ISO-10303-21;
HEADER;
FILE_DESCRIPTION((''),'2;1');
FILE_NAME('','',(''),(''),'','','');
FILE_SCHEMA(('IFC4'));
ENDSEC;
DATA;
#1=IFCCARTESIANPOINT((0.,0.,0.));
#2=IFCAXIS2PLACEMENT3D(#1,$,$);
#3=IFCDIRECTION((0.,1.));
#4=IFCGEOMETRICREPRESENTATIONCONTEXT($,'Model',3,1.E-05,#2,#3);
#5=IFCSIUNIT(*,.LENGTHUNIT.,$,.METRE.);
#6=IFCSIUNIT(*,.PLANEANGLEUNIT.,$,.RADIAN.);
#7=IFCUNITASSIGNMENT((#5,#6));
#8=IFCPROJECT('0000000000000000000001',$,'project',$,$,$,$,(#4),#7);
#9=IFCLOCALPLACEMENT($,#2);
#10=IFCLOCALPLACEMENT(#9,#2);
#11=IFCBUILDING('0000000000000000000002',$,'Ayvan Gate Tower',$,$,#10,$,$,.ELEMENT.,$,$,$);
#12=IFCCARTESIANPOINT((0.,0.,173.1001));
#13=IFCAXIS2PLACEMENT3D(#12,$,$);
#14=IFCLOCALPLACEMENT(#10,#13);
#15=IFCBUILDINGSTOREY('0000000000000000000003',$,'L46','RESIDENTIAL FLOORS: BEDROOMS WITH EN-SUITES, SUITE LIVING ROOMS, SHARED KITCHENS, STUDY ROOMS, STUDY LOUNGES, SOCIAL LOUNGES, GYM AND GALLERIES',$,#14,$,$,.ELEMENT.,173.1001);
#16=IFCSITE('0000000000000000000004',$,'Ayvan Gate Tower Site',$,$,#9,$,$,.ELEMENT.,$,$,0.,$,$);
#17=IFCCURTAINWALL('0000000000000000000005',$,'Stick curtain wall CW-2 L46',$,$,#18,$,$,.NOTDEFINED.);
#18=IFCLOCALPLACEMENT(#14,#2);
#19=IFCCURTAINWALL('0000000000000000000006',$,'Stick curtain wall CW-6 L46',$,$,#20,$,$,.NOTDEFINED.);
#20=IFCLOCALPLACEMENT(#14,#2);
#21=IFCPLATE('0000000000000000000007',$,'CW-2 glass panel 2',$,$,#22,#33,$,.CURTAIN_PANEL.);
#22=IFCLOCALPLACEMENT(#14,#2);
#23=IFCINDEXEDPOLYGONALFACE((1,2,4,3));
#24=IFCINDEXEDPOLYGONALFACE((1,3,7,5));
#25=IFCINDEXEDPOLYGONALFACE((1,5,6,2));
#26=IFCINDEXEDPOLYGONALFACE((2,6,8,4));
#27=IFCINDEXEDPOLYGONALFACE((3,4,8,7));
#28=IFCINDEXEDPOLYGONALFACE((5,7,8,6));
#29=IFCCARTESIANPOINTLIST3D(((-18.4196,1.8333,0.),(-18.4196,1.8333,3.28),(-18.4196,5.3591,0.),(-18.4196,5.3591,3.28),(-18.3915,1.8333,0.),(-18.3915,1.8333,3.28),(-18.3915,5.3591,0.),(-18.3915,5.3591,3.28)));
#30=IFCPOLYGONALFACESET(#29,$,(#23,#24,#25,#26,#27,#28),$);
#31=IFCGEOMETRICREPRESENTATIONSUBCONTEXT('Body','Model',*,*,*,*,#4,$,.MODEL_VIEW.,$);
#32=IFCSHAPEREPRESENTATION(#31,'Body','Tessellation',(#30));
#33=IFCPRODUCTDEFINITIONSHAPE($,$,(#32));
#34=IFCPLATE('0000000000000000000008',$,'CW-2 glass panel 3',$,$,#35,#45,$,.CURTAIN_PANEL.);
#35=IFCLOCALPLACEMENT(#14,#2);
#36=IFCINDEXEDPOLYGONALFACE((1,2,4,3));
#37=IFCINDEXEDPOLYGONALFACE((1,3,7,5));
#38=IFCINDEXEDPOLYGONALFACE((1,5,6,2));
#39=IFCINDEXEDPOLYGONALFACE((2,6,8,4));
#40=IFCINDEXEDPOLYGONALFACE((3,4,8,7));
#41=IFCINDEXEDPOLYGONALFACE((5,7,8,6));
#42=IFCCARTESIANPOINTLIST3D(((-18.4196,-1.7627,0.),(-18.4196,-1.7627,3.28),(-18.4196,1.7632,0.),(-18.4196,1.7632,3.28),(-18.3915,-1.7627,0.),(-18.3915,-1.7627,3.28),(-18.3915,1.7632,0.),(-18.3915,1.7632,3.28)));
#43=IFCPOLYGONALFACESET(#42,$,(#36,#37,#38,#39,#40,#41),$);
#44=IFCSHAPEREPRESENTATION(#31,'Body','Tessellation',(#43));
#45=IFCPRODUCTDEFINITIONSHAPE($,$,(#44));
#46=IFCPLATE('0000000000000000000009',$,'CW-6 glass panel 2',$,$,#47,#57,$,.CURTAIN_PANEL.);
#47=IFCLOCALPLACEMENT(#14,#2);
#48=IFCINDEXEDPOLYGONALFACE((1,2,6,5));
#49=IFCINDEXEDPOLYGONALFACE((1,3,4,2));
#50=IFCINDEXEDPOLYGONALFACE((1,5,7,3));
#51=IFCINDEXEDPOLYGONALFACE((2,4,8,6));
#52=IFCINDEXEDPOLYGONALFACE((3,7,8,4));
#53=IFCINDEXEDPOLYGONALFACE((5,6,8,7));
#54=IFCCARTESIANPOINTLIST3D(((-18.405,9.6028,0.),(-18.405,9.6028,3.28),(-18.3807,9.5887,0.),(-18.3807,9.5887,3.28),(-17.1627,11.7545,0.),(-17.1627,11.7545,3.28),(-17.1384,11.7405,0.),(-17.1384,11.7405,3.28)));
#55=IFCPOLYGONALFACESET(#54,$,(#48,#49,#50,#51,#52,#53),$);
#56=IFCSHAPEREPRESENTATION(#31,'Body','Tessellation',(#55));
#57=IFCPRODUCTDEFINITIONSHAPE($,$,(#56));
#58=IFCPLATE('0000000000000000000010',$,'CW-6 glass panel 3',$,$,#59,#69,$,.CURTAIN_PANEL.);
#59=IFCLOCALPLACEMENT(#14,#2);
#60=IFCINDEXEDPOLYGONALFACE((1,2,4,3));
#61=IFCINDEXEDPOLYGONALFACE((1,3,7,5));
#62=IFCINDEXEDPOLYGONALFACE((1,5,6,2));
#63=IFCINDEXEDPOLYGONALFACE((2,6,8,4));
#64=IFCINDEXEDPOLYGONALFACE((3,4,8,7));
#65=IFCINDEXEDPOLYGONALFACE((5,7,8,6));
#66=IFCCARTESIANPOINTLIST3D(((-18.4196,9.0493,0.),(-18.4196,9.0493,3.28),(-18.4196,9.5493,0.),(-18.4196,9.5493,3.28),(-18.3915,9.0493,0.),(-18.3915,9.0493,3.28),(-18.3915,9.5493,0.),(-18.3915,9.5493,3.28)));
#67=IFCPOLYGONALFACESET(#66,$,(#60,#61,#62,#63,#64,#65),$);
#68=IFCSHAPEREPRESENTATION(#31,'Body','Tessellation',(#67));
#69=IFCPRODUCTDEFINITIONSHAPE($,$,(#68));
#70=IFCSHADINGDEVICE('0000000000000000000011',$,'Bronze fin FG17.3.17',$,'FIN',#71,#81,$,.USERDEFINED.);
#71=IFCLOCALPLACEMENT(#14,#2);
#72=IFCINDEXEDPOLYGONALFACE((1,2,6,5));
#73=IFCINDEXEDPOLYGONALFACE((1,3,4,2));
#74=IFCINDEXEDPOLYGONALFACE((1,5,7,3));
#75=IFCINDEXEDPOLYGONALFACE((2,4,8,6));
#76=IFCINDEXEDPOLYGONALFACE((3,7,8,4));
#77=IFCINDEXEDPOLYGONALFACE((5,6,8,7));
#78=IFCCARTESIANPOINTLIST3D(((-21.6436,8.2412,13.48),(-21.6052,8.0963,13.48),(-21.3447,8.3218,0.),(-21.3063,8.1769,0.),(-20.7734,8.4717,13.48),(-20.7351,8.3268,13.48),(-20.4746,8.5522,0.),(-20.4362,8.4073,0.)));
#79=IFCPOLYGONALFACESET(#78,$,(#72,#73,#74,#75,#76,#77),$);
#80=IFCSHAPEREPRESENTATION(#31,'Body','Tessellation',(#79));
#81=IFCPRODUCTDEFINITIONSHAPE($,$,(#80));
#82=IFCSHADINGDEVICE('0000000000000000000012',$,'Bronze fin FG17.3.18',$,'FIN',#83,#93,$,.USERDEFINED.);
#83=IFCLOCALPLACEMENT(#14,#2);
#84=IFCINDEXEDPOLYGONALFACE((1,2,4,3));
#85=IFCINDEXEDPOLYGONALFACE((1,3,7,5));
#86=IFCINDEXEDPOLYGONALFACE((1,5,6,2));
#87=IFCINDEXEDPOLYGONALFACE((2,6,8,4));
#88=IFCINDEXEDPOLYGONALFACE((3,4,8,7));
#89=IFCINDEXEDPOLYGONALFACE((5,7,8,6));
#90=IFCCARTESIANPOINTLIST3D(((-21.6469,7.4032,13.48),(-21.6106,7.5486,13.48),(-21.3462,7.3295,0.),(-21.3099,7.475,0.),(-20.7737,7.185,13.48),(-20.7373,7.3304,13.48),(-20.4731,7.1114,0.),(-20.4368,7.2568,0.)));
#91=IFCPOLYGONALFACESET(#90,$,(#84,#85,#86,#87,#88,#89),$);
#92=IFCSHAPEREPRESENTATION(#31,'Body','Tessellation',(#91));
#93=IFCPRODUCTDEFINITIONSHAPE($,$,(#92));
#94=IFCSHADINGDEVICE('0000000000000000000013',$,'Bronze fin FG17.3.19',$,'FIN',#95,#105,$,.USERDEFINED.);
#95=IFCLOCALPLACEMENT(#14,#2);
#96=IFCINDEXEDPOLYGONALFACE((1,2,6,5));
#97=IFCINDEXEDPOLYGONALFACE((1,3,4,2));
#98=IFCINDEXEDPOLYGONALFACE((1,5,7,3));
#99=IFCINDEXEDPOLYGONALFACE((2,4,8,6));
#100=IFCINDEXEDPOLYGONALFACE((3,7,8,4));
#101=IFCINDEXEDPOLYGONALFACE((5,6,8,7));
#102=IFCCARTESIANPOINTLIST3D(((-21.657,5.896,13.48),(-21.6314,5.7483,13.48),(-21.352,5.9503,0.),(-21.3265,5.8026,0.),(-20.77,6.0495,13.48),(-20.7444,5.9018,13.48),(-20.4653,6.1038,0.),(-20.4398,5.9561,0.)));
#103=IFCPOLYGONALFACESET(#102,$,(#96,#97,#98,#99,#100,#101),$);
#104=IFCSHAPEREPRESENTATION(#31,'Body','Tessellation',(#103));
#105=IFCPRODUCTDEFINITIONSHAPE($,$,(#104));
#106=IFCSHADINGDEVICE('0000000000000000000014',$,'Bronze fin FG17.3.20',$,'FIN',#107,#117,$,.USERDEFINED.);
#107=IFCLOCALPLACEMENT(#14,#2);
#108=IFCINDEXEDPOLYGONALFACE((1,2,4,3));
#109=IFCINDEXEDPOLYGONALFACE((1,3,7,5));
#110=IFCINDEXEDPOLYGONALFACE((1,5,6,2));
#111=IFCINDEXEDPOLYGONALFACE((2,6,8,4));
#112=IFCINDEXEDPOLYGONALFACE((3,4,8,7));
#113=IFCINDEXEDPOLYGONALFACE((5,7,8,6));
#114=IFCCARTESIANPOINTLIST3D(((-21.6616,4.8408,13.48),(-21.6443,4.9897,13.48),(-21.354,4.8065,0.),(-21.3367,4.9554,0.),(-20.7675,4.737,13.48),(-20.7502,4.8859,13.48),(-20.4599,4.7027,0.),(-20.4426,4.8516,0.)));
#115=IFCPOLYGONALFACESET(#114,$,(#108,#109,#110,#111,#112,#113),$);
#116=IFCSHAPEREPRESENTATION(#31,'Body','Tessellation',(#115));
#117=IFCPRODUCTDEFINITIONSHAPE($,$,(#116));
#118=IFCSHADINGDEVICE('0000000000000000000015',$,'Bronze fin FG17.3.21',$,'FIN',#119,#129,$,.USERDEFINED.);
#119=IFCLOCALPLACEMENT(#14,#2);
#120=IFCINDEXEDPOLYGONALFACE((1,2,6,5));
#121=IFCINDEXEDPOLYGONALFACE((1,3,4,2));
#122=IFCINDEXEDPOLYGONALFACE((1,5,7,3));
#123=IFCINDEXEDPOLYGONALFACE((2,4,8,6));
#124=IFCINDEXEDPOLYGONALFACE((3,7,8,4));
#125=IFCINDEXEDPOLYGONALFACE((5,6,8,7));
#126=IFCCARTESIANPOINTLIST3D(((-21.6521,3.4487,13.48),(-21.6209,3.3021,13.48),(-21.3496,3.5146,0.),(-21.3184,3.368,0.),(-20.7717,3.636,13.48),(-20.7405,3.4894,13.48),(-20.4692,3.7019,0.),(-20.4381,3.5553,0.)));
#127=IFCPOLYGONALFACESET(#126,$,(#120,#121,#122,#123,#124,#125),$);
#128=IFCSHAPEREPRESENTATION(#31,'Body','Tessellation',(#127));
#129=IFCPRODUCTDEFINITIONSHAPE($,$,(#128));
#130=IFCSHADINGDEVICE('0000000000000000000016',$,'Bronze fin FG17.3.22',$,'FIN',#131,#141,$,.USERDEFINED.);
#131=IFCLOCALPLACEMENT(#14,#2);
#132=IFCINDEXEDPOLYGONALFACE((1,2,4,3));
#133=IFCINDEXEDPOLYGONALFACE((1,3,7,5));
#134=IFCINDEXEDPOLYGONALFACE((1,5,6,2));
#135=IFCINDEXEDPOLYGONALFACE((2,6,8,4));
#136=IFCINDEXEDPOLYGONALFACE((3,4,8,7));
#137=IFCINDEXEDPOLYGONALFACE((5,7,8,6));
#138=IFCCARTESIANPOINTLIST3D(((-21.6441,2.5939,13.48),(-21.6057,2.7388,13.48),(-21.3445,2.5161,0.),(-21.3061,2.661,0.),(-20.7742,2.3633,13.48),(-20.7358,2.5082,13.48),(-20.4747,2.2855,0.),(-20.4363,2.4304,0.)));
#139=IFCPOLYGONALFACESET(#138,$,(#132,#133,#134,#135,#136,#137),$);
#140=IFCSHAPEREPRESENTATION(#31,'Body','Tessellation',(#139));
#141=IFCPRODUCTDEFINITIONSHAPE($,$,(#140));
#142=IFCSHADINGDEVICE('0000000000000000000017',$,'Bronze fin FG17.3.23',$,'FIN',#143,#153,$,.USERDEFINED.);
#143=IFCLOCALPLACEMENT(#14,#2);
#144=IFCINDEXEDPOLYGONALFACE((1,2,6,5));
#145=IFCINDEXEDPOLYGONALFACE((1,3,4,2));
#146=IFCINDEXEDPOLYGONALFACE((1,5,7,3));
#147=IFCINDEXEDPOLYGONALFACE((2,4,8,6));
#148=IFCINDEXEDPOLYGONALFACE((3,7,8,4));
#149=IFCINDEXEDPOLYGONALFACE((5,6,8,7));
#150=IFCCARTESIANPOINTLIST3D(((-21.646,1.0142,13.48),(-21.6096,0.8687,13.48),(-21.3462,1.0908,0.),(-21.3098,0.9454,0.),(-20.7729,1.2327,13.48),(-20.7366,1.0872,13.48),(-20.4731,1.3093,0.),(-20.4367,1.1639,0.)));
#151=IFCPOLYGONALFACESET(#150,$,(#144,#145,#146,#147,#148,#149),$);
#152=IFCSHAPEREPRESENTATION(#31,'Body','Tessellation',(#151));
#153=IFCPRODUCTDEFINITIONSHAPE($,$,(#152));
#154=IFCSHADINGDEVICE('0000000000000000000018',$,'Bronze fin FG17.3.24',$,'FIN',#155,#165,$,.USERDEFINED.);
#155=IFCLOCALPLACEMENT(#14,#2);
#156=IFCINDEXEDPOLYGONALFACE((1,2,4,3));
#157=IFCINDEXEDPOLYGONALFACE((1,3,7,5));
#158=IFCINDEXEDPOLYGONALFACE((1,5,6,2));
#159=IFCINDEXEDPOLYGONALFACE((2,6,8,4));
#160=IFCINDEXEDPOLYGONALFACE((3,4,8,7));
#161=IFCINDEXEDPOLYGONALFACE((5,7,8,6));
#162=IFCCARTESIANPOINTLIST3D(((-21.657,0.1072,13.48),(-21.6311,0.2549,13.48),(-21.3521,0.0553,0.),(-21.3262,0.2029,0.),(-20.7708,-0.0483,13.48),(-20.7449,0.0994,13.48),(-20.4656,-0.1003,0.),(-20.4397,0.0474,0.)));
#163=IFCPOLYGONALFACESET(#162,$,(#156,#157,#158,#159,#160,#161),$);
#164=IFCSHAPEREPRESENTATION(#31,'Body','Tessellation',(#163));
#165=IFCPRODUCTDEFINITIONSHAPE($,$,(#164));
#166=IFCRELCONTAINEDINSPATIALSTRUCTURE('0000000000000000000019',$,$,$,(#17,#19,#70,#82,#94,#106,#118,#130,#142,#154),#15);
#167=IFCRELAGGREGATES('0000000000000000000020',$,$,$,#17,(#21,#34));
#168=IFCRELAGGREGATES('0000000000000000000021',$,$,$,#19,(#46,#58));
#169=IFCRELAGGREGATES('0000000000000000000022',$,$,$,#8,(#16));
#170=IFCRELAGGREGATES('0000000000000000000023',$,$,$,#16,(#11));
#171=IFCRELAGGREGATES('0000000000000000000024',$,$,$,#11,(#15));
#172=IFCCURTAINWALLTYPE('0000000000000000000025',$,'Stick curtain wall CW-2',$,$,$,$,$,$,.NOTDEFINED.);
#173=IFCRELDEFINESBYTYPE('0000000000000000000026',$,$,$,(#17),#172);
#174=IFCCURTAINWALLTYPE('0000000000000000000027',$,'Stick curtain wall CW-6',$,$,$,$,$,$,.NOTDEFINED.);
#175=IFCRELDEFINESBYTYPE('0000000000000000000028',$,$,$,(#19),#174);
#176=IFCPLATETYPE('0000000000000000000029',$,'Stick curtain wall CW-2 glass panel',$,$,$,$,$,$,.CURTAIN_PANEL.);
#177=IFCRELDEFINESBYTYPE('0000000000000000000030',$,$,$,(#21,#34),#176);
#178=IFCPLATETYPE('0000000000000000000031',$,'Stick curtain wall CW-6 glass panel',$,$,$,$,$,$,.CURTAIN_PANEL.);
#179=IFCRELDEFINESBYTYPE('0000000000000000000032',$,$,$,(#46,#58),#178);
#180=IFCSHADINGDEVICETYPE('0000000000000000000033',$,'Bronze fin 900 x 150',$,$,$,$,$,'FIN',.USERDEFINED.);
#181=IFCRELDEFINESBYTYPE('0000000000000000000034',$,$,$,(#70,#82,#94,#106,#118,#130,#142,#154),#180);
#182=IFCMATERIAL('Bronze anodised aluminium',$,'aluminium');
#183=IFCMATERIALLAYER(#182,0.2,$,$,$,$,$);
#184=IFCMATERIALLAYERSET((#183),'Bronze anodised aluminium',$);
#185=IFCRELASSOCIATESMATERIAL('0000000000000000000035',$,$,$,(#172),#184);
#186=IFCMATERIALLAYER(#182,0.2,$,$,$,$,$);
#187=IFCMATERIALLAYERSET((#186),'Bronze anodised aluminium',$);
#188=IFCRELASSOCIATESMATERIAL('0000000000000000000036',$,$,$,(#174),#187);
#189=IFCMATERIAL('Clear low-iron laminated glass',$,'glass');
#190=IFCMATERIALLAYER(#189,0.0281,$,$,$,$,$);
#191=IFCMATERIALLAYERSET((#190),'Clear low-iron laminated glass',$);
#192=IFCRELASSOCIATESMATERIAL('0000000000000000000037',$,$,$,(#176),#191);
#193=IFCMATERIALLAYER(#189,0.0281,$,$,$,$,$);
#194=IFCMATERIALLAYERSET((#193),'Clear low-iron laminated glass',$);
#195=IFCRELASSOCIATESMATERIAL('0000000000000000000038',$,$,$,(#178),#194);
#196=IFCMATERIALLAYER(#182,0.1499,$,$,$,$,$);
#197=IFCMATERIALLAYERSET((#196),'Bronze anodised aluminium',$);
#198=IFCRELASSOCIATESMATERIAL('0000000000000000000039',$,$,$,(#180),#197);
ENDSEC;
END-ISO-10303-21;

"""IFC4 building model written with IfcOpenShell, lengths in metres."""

from ifc_helpers import new_model, si_unit, direction, frame, origin, origin_2d, place, context, subcontext, project, spatial, polyline, rectangle, outline, extrude, material, layer, layer_set, type_object, element, aggregate, save


model = new_model("IFC4")

# Units and contexts
model_context = context("Model", 3, precision=1e-05, world=origin(), true_north=direction((0.0, 1.0)))
body_context = subcontext(model_context, "Body", "Model", "MODEL_VIEW")
ifc_project = project(units=[si_unit("LENGTHUNIT", "METRE"), si_unit("PLANEANGLEUNIT", "RADIAN")], contexts=[model_context])

# Site, building, storey
site_placement = place(None, origin())
site = spatial("IfcSite", under=ifc_project, at=site_placement, Name="Ayvan Gate Tower Site", CompositionType="ELEMENT", RefElevation=0.0)
building_placement = place(site_placement, origin())
building = spatial("IfcBuilding", under=site, at=building_placement, Name="Ayvan Gate Tower", CompositionType="ELEMENT")
storey_placement = place(building_placement, frame((0.0, 0.0, 173.1001)))
storey = spatial("IfcBuildingStorey", under=building, at=storey_placement, Name="L46", Description="RESIDENTIAL FLOORS: BEDROOMS WITH EN-SUITES, SUITE LIVING ROOMS, SHARED KITCHENS, STUDY ROOMS, STUDY LOUNGES, SOCIAL LOUNGES, GYM AND GALLERIES", CompositionType="ELEMENT", Elevation=173.1001)

# Curtain walls
ifc_material_1 = material(Name="Bronze anodised aluminium", Category="aluminium")
ifc_layer_1 = layer(ifc_material_1, 0.2)
ifc_layer_set_1 = layer_set([ifc_layer_1], Name="Bronze anodised aluminium")
curtain_wall_type_1 = type_object("IfcCurtainWallType", Name="Stick curtain wall CW-2", PredefinedType="NOTDEFINED", material=ifc_layer_set_1)
curtain_wall_1_placement = place(storey_placement, origin())
curtain_wall_1 = element("IfcCurtainWall", 1, at=curtain_wall_1_placement, inside=storey, type_object=curtain_wall_type_1, Name="Stick curtain wall CW-2 L46", PredefinedType="NOTDEFINED")
ifc_layer_2 = layer(ifc_material_1, 0.2)
ifc_layer_set_2 = layer_set([ifc_layer_2], Name="Bronze anodised aluminium")
curtain_wall_type_2 = type_object("IfcCurtainWallType", Name="Stick curtain wall CW-6", PredefinedType="NOTDEFINED", material=ifc_layer_set_2)
curtain_wall_2_placement = place(storey_placement, origin())
curtain_wall_2 = element("IfcCurtainWall", 2, at=curtain_wall_2_placement, inside=storey, type_object=curtain_wall_type_2, Name="Stick curtain wall CW-6 L46", PredefinedType="NOTDEFINED")

# Plates
ifc_material_2 = material(Name="Clear low-iron laminated glass", Category="glass")
ifc_layer_3 = layer(ifc_material_2, 0.0281)
ifc_layer_set_3 = layer_set([ifc_layer_3], Name="Clear low-iron laminated glass")
plate_type_1 = type_object("IfcPlateType", Name="Stick curtain wall CW-2 glass panel", PredefinedType="CURTAIN_PANEL", material=ifc_layer_set_3)
plate_1_placement = place(storey_placement, frame((-18.4055, 3.5962, 0.0), z_axis=(0.0, 0.0, 1.0), x_axis=(0.0, -1.0, 0.0)))
plate_1 = element("IfcPlate", 3, at=plate_1_placement, type_object=plate_type_1, Name="CW-2 glass panel 2", PredefinedType="CURTAIN_PANEL", context=body_context, shape_type="SweptSolid", body=[
    extrude(rectangle(XDim=3.5259, YDim=0.0281, at=origin_2d()), origin(), (0.0, 0.0, 1.0), 3.28),
])
plate_2_placement = place(storey_placement, frame((-18.4055, 0.0002, 0.0), z_axis=(0.0, 0.0, 1.0), x_axis=(0.0, -1.0, 0.0)))
plate_2 = element("IfcPlate", 4, at=plate_2_placement, type_object=plate_type_1, Name="CW-2 glass panel 3", PredefinedType="CURTAIN_PANEL", context=body_context, shape_type="SweptSolid", body=[
    extrude(rectangle(XDim=3.5259, YDim=0.0281, at=origin_2d()), origin(), (0.0, 0.0, 1.0), 3.28),
])
aggregate(curtain_wall_1, [plate_1, plate_2])
ifc_layer_4 = layer(ifc_material_2, 0.0281)
ifc_layer_set_4 = layer_set([ifc_layer_4], Name="Clear low-iron laminated glass")
plate_type_2 = type_object("IfcPlateType", Name="Stick curtain wall CW-6 glass panel", PredefinedType="CURTAIN_PANEL", material=ifc_layer_set_4)
plate_3_placement = place(storey_placement, frame((-17.7717, 10.6716, 0.0), z_axis=(0.0, 0.0, 1.0), x_axis=(-0.5, -0.866025, 0.0)))
plate_3 = element("IfcPlate", 5, at=plate_3_placement, type_object=plate_type_2, Name="CW-6 glass panel 2", PredefinedType="CURTAIN_PANEL", context=body_context, shape_type="SweptSolid", body=[
    extrude(rectangle(XDim=2.4846, YDim=0.0281, at=origin_2d()), origin(), (0.0, 0.0, 1.0), 3.28),
])
plate_4_placement = place(storey_placement, frame((-18.4055, 9.2993, 0.0), z_axis=(0.0, 0.0, 1.0), x_axis=(0.0, -1.0, 0.0)))
plate_4 = element("IfcPlate", 6, at=plate_4_placement, type_object=plate_type_2, Name="CW-6 glass panel 3", PredefinedType="CURTAIN_PANEL", context=body_context, shape_type="SweptSolid", body=[
    extrude(rectangle(XDim=0.5, YDim=0.0281, at=origin_2d()), origin(), (0.0, 0.0, 1.0), 3.28),
])
aggregate(curtain_wall_2, [plate_3, plate_4])

# Shading devices
ifc_layer_5 = layer(ifc_material_1, 0.1499)
ifc_layer_set_5 = layer_set([ifc_layer_5], Name="Bronze anodised aluminium")
shading_device_type = type_object("IfcShadingDeviceType", Name="Bronze fin 900 x 150", ElementType="FIN", PredefinedType="USERDEFINED", material=ifc_layer_set_5)
shading_device_1_placement = place(storey_placement, frame((-20.4746, 8.5522, 0.0), z_axis=(-0.256042, 0.966666, 0.000102), x_axis=(-0.966666, -0.256042, 0.0)))
element("IfcShadingDevice", 7, at=shading_device_1_placement, inside=storey, type_object=shading_device_type, Name="Bronze fin FG17.3.17", ObjectType="FIN", PredefinedType="USERDEFINED", context=body_context, shape_type="SweptSolid", body=[
    extrude(outline(polyline([(0.0, 0.0), (0.9001, 0.0), (1.2096, 13.48), (0.3095, 13.48), (0.0, 0.0)])), origin(), (0.0, 0.0, -1.0), 0.1499),
])
shading_device_2_placement = place(storey_placement, frame((-20.4368, 7.2568, 0.0), z_axis=(0.242376, 0.970182, 0.000108), x_axis=(-0.970182, 0.242376, 0.0)))
element("IfcShadingDevice", 8, at=shading_device_2_placement, inside=storey, type_object=shading_device_type, Name="Bronze fin FG17.3.18", ObjectType="FIN", PredefinedType="USERDEFINED", context=body_context, shape_type="SweptSolid", body=[
    extrude(outline(polyline([(0.0, 0.0), (0.8999, 0.0), (1.2095, 13.48), (0.3094, 13.48), (0.0, 0.0)])), origin(), (0.0, 0.0, -1.0), 0.1499),
])
shading_device_3_placement = place(storey_placement, frame((-20.4653, 6.1038, 0.0), z_axis=(-0.170488, 0.98536, 0.000116), x_axis=(-0.98536, -0.170488, 0.0)))
element("IfcShadingDevice", 9, at=shading_device_3_placement, inside=storey, type_object=shading_device_type, Name="Bronze fin FG17.3.19", ObjectType="FIN", PredefinedType="USERDEFINED", context=body_context, shape_type="SweptSolid", body=[
    extrude(outline(polyline([(0.0, 0.0), (0.8999, 0.0), (1.2096, 13.48), (0.3095, 13.48), (0.0, 0.0)])), origin(), (0.0, 0.0, -1.0), 0.1499),
])
shading_device_4_placement = place(storey_placement, frame((-20.4426, 4.8516, 0.0), z_axis=(0.115417, 0.993317, 0.000106), x_axis=(-0.993317, 0.115417, 0.0)))
element("IfcShadingDevice", 10, at=shading_device_4_placement, inside=storey, type_object=shading_device_type, Name="Bronze fin FG17.3.20", ObjectType="FIN", PredefinedType="USERDEFINED", context=body_context, shape_type="SweptSolid", body=[
    extrude(outline(polyline([(0.0, 0.0), (0.9, 0.0), (1.2096, 13.48), (0.3095, 13.48), (0.0, 0.0)])), origin(), (0.0, 0.0, -1.0), 0.1499),
])
shading_device_5_placement = place(storey_placement, frame((-20.4692, 3.7019, 0.0), z_axis=(-0.208047, 0.978119, 0.000114), x_axis=(-0.978119, -0.208047, 0.0)))
element("IfcShadingDevice", 11, at=shading_device_5_placement, inside=storey, type_object=shading_device_type, Name="Bronze fin FG17.3.21", ObjectType="FIN", PredefinedType="USERDEFINED", context=body_context, shape_type="SweptSolid", body=[
    extrude(outline(polyline([(0.0, 0.0), (0.9001, 0.0), (1.2097, 13.48), (0.3096, 13.48), (0.0, 0.0)])), origin(), (0.0, 0.0, -1.0), 0.1499),
])
shading_device_6_placement = place(storey_placement, frame((-20.4363, 2.4304, 0.0), z_axis=(0.256236, 0.966614, 0.000118), x_axis=(-0.966614, 0.256236, 0.0)))
element("IfcShadingDevice", 12, at=shading_device_6_placement, inside=storey, type_object=shading_device_type, Name="Bronze fin FG17.3.22", ObjectType="FIN", PredefinedType="USERDEFINED", context=body_context, shape_type="SweptSolid", body=[
    extrude(outline(polyline([(0.0, 0.0), (0.8999, 0.0), (1.2094, 13.48), (0.3095, 13.48), (0.0, 0.0)])), origin(), (0.0, 0.0, -1.0), 0.1499),
])
shading_device_7_placement = place(storey_placement, frame((-20.4731, 1.3093, 0.0), z_axis=(-0.242791, 0.970079, 0.000117), x_axis=(-0.970079, -0.242791, 0.0)))
element("IfcShadingDevice", 13, at=shading_device_7_placement, inside=storey, type_object=shading_device_type, Name="Bronze fin FG17.3.23", ObjectType="FIN", PredefinedType="USERDEFINED", context=body_context, shape_type="SweptSolid", body=[
    extrude(outline(polyline([(0.0, 0.0), (0.9, 0.0), (1.2094, 13.48), (0.3094, 13.48), (0.0, 0.0)])), origin(), (0.0, 0.0, -1.0), 0.1499),
])
shading_device_8_placement = place(storey_placement, frame((-20.4397, 0.0474, 0.0), z_axis=(0.172818, 0.984954, 0.000111), x_axis=(-0.984954, 0.172818, 0.0)))
element("IfcShadingDevice", 14, at=shading_device_8_placement, inside=storey, type_object=shading_device_type, Name="Bronze fin FG17.3.24", ObjectType="FIN", PredefinedType="USERDEFINED", context=body_context, shape_type="SweptSolid", body=[
    extrude(outline(polyline([(0.0, 0.0), (0.9, 0.0), (1.2093, 13.48), (0.3096, 13.48), (0.0, 0.0)])), origin(), (0.0, 0.0, -1.0), 0.1499),
])

save(model, "model.ifc")
